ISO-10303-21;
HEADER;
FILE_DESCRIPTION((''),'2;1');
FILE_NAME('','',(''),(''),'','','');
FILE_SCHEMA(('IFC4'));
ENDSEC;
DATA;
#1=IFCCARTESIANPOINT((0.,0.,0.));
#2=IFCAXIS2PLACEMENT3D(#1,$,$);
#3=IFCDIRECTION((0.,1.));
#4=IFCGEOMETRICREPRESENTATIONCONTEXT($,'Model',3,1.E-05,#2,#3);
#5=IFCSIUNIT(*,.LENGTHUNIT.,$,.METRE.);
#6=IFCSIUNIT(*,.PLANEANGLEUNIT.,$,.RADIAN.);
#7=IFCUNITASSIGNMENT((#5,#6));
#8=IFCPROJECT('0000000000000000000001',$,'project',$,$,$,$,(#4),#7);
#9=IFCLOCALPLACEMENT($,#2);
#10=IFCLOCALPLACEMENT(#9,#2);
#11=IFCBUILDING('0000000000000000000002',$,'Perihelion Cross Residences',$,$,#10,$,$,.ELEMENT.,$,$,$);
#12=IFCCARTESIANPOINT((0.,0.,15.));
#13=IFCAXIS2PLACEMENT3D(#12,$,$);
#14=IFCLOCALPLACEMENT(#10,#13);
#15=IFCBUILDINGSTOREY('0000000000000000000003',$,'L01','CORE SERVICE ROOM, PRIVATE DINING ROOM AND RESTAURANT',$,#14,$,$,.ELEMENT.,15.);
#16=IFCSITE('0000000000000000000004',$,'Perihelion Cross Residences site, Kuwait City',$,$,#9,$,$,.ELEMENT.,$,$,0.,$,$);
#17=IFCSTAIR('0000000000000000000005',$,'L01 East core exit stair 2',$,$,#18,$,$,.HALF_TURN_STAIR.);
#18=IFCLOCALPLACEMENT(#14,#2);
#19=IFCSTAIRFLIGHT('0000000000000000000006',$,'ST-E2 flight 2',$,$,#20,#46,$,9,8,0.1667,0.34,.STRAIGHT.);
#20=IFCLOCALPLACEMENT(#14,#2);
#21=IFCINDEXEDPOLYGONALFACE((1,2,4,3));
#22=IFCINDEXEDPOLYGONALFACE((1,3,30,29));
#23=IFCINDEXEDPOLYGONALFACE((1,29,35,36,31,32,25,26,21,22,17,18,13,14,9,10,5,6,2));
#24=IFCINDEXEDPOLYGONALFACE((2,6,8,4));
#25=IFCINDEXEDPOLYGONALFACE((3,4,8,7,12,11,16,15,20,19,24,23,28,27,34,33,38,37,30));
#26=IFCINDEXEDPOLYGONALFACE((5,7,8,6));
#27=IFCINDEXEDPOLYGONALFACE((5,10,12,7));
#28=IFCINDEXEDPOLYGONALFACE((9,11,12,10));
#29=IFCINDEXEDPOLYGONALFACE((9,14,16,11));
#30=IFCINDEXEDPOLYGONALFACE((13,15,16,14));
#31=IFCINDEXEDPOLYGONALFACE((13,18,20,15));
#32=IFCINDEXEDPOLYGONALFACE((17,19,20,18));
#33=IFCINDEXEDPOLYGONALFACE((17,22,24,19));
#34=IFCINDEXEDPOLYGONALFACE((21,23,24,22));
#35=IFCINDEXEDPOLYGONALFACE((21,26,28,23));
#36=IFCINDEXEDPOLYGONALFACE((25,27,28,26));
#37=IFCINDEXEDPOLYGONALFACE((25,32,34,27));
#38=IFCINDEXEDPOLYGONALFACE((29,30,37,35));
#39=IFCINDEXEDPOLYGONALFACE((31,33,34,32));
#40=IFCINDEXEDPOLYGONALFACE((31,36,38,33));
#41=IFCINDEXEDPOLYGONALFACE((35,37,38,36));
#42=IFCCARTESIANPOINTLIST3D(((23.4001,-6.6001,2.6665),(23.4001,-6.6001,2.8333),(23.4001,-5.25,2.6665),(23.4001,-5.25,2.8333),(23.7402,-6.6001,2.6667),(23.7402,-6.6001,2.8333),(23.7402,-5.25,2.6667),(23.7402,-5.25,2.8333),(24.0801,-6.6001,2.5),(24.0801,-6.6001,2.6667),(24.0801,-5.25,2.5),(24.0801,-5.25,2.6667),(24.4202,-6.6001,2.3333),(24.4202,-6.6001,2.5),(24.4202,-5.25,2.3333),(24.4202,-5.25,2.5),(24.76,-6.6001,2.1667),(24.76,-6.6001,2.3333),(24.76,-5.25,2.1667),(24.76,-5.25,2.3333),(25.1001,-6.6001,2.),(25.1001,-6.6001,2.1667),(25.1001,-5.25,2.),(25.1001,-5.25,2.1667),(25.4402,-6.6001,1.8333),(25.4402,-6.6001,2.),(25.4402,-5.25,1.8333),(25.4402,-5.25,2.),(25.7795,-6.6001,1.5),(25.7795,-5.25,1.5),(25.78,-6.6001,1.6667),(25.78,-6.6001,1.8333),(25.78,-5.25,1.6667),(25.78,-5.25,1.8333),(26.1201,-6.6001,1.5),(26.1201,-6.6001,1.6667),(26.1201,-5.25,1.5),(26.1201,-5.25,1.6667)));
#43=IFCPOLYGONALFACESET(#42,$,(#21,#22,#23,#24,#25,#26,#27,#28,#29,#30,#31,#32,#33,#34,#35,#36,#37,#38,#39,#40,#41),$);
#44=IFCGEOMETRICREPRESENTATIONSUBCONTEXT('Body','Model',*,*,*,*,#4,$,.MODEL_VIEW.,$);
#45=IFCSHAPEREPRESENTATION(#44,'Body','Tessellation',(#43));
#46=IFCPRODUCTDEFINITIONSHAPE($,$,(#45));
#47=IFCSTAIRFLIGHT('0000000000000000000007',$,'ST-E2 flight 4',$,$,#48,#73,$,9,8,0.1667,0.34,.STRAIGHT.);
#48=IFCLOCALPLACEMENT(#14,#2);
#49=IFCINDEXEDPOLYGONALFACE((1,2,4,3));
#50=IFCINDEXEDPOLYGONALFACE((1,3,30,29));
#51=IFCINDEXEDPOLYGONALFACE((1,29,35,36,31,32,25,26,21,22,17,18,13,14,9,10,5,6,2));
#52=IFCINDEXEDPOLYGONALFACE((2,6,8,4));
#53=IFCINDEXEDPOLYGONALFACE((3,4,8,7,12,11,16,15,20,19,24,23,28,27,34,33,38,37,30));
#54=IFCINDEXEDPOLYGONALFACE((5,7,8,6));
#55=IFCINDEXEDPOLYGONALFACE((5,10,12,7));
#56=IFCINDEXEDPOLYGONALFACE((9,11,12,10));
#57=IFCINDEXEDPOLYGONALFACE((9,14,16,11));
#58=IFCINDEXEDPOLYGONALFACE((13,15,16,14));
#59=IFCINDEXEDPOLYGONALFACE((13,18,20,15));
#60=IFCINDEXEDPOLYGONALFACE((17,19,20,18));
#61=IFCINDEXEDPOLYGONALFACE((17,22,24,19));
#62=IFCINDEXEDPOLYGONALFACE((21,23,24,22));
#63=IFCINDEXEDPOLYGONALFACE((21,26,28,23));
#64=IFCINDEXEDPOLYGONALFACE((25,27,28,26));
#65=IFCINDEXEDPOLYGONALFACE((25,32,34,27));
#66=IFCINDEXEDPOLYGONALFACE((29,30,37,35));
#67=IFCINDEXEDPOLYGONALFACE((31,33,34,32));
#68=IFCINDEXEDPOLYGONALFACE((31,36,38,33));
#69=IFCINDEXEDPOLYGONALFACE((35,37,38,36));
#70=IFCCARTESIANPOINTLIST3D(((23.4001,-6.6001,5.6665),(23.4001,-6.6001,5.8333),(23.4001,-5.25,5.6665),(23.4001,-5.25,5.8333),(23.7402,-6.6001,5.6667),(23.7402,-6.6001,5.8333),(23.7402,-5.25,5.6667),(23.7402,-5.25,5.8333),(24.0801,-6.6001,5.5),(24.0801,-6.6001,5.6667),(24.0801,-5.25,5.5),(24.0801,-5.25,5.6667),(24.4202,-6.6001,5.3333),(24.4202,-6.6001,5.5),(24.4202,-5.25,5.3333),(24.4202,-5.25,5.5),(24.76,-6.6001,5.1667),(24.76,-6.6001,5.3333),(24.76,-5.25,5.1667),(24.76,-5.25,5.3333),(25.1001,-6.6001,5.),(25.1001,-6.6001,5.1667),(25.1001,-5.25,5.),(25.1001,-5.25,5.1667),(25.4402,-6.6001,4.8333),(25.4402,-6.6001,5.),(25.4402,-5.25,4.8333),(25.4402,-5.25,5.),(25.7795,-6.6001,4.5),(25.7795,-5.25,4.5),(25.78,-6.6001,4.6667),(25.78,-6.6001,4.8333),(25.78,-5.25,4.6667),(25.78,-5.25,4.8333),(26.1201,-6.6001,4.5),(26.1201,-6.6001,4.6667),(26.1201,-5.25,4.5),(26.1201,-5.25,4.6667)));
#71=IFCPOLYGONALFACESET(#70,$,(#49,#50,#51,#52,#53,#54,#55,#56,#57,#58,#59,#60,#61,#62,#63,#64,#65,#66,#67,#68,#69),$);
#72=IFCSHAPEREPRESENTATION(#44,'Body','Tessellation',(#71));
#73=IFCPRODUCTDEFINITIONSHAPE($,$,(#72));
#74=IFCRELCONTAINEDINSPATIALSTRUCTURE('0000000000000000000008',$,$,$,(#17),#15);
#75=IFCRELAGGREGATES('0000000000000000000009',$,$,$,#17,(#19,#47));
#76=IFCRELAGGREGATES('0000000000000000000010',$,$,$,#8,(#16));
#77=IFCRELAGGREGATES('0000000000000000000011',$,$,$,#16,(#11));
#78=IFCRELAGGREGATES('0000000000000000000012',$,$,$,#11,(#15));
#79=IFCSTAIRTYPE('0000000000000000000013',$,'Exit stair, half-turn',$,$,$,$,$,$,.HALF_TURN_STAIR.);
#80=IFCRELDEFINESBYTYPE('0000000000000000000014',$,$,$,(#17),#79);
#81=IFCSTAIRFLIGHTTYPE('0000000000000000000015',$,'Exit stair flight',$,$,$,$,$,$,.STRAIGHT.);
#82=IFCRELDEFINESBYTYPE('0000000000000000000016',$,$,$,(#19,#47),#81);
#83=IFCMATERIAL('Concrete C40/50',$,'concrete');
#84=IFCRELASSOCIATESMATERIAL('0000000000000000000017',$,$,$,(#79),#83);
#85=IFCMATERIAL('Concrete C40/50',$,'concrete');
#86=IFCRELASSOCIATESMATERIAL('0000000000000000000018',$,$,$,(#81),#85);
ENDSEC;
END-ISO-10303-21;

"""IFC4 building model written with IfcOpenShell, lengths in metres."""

from ifc_helpers import new_model, si_unit, direction, frame, origin, place, context, subcontext, project, spatial, polyline, outline, extrude, material, type_object, element, aggregate, save


model = new_model("IFC4")

# Units and contexts
model_context = context("Model", 3, precision=1e-05, world=origin(), true_north=direction((0.0, 1.0)))
body_context = subcontext(model_context, "Body", "Model", "MODEL_VIEW")
ifc_project = project(units=[si_unit("LENGTHUNIT", "METRE"), si_unit("PLANEANGLEUNIT", "RADIAN")], contexts=[model_context])

# Site, building, storey
site_placement = place(None, origin())
site = spatial("IfcSite", under=ifc_project, at=site_placement, Name="Perihelion Cross Residences site, Kuwait City", CompositionType="ELEMENT", RefElevation=0.0)
building_placement = place(site_placement, origin())
building = spatial("IfcBuilding", under=site, at=building_placement, Name="Perihelion Cross Residences", CompositionType="ELEMENT")
storey_placement = place(building_placement, frame((0.0, 0.0, 15.0)))
storey = spatial("IfcBuildingStorey", under=building, at=storey_placement, Name="L01", Description="CORE SERVICE ROOM, PRIVATE DINING ROOM AND RESTAURANT", CompositionType="ELEMENT", Elevation=15.0)

# Stair, stair flights
ifc_material_1 = material(Name="Concrete C40/50", Category="concrete")
stair_type = type_object("IfcStairType", Name="Exit stair, half-turn", PredefinedType="HALF_TURN_STAIR", material=ifc_material_1)
stair_placement = place(storey_placement, origin())
stair = element("IfcStair", 1, at=stair_placement, inside=storey, type_object=stair_type, Name="L01 East core exit stair 2", PredefinedType="HALF_TURN_STAIR")
ifc_material_2 = material(Name="Concrete C40/50", Category="concrete")
stair_flight_type = type_object("IfcStairFlightType", Name="Exit stair flight", PredefinedType="STRAIGHT", material=ifc_material_2)
stair_flight_1_placement = place(storey_placement, frame((26.1201, -5.925, 1.5), z_axis=(0.0, 0.0, 1.0), x_axis=(-1.0, 0.0, 0.0)))
stair_flight_1 = element("IfcStairFlight", 2, at=stair_flight_1_placement, type_object=stair_flight_type, Name="ST-E2 flight 2", NumberOfRisers=9, NumberOfTreads=8, PredefinedType="STRAIGHT", RiserHeight=0.1667, TreadLength=0.34, context=body_context, shape_type="SweptSolid", body=[
    extrude(outline(polyline([(0.0, 0.0), (0.0, 0.1667), (0.3401, 0.1667), (0.3401, 0.3333), (0.6799, 0.3333), (0.6799, 0.5), (1.02, 0.5), (1.02, 0.6667), (1.3601, 0.6667), (1.3601, 0.8333), (1.7, 0.8333), (1.7, 1.0), (2.04, 1.0), (2.04, 1.1667), (2.3799, 1.1667), (2.3799, 1.3333), (2.72, 1.3333), (2.72, 1.5), (2.72, 1.1665), (0.3406, 0.0), (0.0, 0.0)])), frame((0.0, 0.675, 0.0), z_axis=(0.0, -1.0, 0.0), x_axis=(1.0, 0.0, 0.0)), (0.0, 0.0, 1.0), 1.3501),
])
stair_flight_2_placement = place(storey_placement, frame((26.1201, -5.925, 4.5), z_axis=(0.0, 0.0, 1.0), x_axis=(-1.0, 0.0, 0.0)))
stair_flight_2 = element("IfcStairFlight", 3, at=stair_flight_2_placement, type_object=stair_flight_type, Name="ST-E2 flight 4", NumberOfRisers=9, NumberOfTreads=8, PredefinedType="STRAIGHT", RiserHeight=0.1667, TreadLength=0.34, context=body_context, shape_type="SweptSolid", body=[
    extrude(outline(polyline([(0.0, 0.0), (0.0, 0.1667), (0.3401, 0.1667), (0.3401, 0.3333), (0.6799, 0.3333), (0.6799, 0.5), (1.02, 0.5), (1.02, 0.6667), (1.3601, 0.6667), (1.3601, 0.8333), (1.7, 0.8333), (1.7, 1.0), (2.04, 1.0), (2.04, 1.1667), (2.3799, 1.1667), (2.3799, 1.3333), (2.72, 1.3333), (2.72, 1.5), (2.72, 1.1665), (0.3406, 0.0), (0.0, 0.0)])), frame((0.0, 0.675, 0.0), z_axis=(0.0, -1.0, 0.0), x_axis=(1.0, 0.0, 0.0)), (0.0, 0.0, 1.0), 1.3501),
])
aggregate(stair, [stair_flight_1, stair_flight_2])

save(model, "model.ifc")
